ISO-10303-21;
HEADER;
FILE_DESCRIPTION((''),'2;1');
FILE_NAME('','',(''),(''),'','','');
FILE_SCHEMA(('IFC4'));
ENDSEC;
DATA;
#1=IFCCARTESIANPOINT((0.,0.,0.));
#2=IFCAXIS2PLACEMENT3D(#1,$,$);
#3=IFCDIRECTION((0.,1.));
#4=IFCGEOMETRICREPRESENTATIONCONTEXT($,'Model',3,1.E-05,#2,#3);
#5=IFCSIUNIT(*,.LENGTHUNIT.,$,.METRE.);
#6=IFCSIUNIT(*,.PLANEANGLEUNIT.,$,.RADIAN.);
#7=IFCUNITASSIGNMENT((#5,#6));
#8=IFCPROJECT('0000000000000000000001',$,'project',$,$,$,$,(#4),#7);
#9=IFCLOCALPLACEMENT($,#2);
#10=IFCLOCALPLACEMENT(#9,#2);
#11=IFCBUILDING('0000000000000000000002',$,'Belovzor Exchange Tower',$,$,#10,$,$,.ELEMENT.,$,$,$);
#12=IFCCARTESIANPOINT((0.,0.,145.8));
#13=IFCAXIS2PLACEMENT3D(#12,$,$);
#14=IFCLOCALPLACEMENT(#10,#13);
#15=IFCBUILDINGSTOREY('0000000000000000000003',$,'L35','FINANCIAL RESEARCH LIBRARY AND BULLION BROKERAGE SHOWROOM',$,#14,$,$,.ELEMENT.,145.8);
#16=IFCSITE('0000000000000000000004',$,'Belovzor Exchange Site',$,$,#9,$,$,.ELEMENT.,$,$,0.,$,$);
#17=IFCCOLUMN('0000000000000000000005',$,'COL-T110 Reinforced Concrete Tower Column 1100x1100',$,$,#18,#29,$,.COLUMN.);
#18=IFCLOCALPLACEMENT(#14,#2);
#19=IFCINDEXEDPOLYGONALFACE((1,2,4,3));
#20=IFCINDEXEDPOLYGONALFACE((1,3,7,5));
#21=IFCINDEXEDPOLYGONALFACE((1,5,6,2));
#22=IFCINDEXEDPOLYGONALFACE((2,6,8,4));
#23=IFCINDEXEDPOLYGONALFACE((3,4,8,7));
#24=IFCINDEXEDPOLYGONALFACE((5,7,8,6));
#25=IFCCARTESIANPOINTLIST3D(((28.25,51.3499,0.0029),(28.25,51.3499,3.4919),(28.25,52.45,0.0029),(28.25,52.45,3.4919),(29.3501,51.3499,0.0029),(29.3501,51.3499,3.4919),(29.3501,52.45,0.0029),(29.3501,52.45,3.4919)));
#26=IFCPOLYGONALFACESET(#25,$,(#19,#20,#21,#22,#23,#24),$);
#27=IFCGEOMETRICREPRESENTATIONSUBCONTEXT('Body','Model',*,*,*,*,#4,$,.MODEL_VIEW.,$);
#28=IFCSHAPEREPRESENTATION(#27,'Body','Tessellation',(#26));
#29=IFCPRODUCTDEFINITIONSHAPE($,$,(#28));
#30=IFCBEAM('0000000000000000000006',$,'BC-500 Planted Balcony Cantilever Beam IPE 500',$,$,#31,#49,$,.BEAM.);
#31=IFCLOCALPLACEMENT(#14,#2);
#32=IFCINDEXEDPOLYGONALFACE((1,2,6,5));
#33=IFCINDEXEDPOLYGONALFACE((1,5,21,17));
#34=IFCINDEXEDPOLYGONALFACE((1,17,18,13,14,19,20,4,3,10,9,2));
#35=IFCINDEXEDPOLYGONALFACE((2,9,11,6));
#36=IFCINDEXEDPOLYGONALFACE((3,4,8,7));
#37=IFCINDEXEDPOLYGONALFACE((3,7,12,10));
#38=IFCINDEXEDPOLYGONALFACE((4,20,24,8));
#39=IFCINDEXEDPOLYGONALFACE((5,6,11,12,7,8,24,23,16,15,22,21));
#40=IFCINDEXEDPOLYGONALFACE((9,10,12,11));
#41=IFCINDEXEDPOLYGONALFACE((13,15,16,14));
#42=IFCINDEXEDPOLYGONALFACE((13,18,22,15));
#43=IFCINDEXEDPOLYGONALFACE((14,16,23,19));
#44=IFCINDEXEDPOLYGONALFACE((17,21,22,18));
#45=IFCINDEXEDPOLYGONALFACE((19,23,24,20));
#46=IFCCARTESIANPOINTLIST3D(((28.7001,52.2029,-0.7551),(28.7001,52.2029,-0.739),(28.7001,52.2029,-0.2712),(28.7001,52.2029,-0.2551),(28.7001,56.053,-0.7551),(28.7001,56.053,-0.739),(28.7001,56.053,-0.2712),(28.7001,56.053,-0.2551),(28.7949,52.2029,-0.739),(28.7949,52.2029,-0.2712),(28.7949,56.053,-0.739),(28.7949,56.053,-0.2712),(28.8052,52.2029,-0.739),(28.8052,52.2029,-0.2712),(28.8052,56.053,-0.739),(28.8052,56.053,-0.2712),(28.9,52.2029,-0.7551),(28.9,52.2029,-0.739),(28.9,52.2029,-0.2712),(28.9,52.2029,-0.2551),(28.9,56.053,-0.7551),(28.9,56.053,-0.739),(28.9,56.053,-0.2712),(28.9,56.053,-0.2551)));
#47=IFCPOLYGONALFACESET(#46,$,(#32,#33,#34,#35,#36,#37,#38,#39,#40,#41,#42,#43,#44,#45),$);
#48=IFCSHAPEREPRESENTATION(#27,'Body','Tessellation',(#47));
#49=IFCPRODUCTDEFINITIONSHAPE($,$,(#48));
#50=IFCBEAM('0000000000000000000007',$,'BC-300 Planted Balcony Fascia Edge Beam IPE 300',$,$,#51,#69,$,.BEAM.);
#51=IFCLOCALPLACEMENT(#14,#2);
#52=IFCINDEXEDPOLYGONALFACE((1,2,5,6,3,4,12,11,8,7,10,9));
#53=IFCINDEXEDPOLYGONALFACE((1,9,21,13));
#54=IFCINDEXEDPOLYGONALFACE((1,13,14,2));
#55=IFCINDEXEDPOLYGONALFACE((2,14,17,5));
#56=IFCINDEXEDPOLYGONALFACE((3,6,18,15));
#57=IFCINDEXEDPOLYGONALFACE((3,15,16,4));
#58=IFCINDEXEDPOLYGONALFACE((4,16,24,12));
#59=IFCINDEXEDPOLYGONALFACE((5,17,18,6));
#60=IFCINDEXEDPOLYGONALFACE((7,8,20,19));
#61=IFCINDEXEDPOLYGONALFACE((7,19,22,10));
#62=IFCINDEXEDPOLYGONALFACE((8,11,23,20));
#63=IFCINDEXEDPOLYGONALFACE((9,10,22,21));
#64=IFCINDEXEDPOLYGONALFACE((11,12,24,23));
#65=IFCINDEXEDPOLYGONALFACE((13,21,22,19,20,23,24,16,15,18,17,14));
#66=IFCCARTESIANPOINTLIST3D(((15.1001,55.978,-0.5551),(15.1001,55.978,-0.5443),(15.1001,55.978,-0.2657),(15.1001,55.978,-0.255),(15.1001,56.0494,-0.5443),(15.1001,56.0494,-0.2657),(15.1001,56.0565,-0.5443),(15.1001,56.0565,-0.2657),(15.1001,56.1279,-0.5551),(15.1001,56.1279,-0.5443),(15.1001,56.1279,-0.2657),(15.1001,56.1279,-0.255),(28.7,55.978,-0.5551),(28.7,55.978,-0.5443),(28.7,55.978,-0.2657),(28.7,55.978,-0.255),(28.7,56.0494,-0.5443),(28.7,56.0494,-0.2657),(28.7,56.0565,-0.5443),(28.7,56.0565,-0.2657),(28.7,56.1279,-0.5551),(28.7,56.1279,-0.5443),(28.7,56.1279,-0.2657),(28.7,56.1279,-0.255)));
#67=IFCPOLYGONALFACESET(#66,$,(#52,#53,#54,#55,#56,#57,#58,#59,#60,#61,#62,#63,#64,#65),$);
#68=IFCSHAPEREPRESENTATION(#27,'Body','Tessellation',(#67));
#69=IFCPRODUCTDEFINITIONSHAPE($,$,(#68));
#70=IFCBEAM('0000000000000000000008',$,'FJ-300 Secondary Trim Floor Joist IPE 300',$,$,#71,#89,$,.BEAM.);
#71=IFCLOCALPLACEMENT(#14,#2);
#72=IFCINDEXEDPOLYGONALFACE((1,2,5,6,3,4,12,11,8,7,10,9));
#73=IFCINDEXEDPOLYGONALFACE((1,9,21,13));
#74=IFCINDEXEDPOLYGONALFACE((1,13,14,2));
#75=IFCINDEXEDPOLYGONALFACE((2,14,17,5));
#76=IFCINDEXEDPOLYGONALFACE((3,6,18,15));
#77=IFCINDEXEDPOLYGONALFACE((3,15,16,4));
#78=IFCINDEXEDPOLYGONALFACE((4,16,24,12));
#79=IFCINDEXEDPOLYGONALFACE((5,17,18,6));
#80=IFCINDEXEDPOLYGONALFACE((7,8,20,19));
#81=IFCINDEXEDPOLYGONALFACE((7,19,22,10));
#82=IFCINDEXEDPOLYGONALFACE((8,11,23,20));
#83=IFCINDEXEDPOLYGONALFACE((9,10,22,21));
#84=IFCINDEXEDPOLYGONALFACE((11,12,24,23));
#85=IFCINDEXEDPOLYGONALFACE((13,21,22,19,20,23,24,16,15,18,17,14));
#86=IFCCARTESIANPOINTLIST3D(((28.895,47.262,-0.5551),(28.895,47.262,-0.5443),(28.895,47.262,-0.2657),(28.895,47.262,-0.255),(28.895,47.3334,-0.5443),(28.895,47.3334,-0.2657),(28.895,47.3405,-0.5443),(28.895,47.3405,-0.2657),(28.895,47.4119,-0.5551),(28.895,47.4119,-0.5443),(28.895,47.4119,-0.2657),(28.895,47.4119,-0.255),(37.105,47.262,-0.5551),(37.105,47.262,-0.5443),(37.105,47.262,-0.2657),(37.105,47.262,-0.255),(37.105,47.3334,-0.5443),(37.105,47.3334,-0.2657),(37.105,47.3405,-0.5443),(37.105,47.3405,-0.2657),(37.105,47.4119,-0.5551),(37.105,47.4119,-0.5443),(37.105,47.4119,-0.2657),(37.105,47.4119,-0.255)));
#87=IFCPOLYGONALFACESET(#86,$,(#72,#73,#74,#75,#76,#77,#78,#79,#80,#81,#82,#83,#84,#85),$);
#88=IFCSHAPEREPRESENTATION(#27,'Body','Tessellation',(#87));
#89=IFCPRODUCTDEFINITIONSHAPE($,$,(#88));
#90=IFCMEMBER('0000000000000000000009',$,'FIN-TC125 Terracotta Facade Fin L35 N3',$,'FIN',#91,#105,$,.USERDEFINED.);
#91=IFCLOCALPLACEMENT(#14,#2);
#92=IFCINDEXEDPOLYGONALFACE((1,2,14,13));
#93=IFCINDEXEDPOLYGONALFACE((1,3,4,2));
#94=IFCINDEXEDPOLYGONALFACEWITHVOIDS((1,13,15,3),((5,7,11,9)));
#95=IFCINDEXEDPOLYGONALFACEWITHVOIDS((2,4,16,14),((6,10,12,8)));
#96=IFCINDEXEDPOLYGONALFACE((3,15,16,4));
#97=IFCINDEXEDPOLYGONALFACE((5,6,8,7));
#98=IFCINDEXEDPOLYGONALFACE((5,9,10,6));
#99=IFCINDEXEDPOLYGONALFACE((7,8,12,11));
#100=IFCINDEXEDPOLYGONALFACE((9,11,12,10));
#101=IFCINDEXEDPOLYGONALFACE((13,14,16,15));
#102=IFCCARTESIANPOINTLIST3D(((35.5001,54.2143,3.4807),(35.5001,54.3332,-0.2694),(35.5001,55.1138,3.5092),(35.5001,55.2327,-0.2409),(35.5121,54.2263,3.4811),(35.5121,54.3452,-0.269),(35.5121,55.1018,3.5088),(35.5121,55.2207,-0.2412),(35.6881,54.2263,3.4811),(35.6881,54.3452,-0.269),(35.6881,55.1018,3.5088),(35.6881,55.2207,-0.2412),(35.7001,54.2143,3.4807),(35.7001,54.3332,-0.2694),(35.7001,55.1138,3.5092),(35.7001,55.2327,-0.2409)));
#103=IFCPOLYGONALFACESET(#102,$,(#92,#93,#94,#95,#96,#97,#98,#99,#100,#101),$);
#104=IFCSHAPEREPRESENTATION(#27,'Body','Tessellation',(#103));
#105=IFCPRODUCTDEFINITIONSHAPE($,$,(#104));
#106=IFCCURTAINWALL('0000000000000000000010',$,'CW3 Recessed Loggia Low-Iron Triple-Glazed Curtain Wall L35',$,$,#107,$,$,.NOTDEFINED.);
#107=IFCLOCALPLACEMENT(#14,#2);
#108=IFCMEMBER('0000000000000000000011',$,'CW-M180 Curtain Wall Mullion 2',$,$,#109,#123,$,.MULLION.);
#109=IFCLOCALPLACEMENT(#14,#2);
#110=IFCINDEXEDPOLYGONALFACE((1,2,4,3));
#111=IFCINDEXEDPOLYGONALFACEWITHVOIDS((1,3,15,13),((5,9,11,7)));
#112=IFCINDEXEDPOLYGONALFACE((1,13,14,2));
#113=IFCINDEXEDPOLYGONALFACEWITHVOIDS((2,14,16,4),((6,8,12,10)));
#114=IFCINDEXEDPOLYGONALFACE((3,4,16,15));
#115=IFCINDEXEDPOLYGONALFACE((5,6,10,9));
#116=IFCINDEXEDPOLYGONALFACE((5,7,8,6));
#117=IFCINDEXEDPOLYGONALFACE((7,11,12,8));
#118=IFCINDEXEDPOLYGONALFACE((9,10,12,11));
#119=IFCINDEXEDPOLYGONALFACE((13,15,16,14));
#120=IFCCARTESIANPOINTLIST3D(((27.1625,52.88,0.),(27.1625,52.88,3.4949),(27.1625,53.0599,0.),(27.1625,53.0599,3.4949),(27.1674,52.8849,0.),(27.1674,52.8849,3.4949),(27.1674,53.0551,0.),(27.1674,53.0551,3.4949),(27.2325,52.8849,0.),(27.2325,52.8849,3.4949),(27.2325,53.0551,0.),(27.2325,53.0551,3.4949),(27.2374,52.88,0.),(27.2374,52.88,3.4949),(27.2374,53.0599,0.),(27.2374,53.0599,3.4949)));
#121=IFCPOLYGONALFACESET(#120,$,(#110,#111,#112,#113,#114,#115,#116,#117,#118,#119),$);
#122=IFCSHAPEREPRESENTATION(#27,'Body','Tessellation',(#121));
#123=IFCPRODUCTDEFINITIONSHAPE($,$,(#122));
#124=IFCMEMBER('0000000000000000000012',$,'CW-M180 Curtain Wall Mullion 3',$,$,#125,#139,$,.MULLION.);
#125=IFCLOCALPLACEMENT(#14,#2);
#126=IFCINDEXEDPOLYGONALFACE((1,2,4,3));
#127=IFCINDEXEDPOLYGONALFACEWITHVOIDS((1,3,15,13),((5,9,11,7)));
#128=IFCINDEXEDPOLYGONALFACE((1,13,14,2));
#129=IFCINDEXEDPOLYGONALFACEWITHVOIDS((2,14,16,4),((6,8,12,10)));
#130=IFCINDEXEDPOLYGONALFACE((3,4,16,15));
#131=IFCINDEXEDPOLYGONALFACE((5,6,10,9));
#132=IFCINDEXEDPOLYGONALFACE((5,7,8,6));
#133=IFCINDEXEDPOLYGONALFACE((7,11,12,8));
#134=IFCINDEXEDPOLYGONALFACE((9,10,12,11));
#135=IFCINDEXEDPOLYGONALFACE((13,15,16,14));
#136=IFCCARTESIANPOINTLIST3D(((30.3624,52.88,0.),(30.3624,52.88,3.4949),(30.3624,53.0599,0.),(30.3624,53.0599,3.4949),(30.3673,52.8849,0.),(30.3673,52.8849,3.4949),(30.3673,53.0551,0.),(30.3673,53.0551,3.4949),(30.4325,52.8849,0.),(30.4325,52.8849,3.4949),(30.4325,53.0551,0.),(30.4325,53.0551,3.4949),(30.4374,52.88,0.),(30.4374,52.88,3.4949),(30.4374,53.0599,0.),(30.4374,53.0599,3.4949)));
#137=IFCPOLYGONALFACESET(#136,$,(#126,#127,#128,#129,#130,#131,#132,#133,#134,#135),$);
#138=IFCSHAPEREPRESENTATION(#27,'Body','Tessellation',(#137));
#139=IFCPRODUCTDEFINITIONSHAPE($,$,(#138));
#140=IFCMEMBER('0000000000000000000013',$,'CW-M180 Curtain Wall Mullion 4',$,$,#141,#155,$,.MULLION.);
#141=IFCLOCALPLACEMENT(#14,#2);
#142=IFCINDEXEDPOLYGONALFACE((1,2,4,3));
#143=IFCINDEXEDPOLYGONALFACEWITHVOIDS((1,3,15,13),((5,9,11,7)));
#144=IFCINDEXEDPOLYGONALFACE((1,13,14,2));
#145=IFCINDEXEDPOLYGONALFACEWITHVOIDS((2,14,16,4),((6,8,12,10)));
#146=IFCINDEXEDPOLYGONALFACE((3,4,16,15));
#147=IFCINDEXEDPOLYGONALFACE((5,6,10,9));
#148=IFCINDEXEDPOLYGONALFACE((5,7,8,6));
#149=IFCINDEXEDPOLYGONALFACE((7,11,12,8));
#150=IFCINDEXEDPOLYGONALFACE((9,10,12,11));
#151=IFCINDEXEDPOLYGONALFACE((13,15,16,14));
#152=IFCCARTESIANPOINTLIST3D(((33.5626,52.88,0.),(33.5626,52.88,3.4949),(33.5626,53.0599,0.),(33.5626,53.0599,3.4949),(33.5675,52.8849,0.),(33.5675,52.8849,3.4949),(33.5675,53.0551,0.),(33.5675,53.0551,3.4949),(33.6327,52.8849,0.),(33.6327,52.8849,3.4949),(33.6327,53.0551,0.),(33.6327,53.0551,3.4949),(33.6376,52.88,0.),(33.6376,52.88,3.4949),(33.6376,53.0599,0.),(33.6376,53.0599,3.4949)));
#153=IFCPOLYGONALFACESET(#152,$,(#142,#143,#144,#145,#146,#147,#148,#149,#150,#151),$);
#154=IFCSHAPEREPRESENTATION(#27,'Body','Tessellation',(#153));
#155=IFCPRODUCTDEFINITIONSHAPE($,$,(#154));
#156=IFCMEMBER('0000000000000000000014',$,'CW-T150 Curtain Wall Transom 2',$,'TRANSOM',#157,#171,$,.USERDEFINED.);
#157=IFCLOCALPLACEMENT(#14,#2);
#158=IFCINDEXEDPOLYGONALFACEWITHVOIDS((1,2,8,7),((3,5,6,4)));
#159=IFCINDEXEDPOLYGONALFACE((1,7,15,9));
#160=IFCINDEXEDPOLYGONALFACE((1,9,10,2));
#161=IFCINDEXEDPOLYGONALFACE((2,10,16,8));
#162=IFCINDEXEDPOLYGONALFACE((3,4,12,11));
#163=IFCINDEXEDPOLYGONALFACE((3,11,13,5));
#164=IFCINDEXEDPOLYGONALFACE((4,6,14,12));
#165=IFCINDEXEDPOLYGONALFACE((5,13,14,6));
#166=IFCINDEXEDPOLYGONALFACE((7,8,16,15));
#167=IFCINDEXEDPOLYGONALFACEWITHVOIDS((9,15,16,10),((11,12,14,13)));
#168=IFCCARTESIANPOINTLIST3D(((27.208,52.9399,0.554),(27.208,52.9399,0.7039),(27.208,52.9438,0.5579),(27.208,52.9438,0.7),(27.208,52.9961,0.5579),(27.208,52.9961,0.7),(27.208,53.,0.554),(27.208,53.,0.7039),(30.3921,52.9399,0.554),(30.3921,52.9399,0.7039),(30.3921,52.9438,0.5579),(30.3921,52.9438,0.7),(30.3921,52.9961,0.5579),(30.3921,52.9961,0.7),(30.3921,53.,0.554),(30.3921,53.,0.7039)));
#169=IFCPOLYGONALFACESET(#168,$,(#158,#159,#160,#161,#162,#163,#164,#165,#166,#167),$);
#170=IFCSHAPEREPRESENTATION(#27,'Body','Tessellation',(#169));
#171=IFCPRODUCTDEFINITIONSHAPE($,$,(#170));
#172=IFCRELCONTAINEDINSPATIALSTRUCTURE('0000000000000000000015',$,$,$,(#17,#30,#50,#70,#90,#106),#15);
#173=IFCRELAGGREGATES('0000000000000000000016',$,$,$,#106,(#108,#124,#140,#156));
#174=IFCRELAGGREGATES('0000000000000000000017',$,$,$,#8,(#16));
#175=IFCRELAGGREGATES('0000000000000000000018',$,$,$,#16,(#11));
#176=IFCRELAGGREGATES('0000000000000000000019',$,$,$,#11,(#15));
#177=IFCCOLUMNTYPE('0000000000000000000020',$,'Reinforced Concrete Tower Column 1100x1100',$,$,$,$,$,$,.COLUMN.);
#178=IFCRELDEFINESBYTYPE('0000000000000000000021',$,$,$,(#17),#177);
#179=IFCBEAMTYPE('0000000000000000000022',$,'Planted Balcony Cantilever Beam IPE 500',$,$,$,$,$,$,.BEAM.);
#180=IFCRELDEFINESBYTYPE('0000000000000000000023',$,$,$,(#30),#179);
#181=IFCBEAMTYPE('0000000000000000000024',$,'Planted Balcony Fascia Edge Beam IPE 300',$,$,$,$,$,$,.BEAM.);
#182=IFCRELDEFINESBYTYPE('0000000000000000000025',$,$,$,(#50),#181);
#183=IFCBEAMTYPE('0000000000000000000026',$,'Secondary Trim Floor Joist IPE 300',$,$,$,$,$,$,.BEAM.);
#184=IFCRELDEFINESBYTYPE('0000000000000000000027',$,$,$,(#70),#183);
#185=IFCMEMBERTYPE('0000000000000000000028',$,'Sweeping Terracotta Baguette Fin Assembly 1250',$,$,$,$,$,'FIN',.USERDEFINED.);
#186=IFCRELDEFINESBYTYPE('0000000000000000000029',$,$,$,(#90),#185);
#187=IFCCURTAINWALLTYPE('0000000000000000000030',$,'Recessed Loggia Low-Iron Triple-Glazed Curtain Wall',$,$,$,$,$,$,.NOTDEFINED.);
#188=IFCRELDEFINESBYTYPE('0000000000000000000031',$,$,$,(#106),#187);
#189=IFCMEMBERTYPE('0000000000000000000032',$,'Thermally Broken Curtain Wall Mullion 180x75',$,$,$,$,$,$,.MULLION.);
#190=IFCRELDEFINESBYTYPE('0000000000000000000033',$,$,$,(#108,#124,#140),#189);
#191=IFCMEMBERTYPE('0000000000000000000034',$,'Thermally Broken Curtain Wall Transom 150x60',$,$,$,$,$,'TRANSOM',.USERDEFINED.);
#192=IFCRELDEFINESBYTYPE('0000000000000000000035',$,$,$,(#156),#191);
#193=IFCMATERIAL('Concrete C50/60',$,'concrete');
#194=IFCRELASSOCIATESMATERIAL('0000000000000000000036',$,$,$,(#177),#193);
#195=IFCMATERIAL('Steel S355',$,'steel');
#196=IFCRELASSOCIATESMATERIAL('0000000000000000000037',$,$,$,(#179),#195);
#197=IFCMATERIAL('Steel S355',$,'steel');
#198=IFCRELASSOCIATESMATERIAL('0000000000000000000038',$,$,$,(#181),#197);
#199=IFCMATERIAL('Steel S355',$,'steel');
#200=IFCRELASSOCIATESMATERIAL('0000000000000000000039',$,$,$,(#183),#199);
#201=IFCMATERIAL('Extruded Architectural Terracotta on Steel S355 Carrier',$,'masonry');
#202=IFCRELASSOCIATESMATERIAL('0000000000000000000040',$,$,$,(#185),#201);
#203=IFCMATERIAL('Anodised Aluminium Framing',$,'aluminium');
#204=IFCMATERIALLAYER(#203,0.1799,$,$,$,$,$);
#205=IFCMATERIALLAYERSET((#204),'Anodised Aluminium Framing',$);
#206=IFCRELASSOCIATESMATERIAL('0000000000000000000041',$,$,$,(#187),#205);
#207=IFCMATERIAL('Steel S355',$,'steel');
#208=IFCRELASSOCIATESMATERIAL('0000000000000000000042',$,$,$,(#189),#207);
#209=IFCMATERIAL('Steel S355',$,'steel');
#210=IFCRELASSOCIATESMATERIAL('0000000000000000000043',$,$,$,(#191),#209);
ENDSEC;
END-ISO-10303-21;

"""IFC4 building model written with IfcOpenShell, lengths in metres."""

from ifc_helpers import new_model, si_unit, direction, frame, origin, origin_2d, place, context, subcontext, project, spatial, rectangle, hollow_rectangle, i_section, extrude, material, layer, layer_set, material_profile, profile_set, type_object, element, aggregate, save


model = new_model("IFC4")

# Units and contexts
model_context = context("Model", 3, precision=1e-05, world=origin(), true_north=direction((0.0, 1.0)))
body_context = subcontext(model_context, "Body", "Model", "MODEL_VIEW")
ifc_project = project(units=[si_unit("LENGTHUNIT", "METRE"), si_unit("PLANEANGLEUNIT", "RADIAN")], contexts=[model_context])

# Site, building, storey
site_placement = place(None, origin())
site = spatial("IfcSite", under=ifc_project, at=site_placement, Name="Belovzor Exchange Site", CompositionType="ELEMENT", RefElevation=0.0)
building_placement = place(site_placement, origin())
building = spatial("IfcBuilding", under=site, at=building_placement, Name="Belovzor Exchange Tower", CompositionType="ELEMENT")
storey_placement = place(building_placement, frame((0.0, 0.0, 145.8)))
storey = spatial("IfcBuildingStorey", under=building, at=storey_placement, Name="L35", Description="FINANCIAL RESEARCH LIBRARY AND BULLION BROKERAGE SHOWROOM", CompositionType="ELEMENT", Elevation=145.8)

# Column
ifc_material_1 = material(Name="Concrete C50/60", Category="concrete")
ifc_material_profile_1 = material_profile(ifc_material_1, rectangle(XDim=1.1001, YDim=1.1001, at=origin_2d()))
ifc_profile_set_1 = profile_set([ifc_material_profile_1], Name="Concrete C50/60")
column_type = type_object("IfcColumnType", Name="Reinforced Concrete Tower Column 1100x1100", PredefinedType="COLUMN", material=ifc_profile_set_1)
column_placement = place(storey_placement, frame((28.8, 51.8999, 0.0029), z_axis=(0.0, 0.0, 1.0), x_axis=(1.0, 0.0, 0.0)))
element("IfcColumn", 1, at=column_placement, inside=storey, type_object=column_type, Name="COL-T110 Reinforced Concrete Tower Column 1100x1100", PredefinedType="COLUMN", context=body_context, shape_type="SweptSolid", body=[
    extrude(rectangle(XDim=1.1001, YDim=1.1001, at=origin_2d()), origin(), (0.0, 0.0, 1.0), 3.489),
])

# Beams
ifc_material_2 = material(Name="Steel S355", Category="steel")
ifc_material_profile_2 = material_profile(ifc_material_2, i_section(OverallWidth=0.2, OverallDepth=0.5, WebThickness=0.0103, FlangeThickness=0.0161, at=origin_2d()))
ifc_profile_set_2 = profile_set([ifc_material_profile_2], Name="Steel S355")
beam_type_1 = type_object("IfcBeamType", Name="Planted Balcony Cantilever Beam IPE 500", PredefinedType="BEAM", material=ifc_profile_set_2)
beam_1_placement = place(storey_placement, frame((28.8, 52.2029, -0.5051), z_axis=(0.0, 1.0, 0.0), x_axis=(-1.0, 0.0, 0.0)))
element("IfcBeam", 2, at=beam_1_placement, inside=storey, type_object=beam_type_1, Name="BC-500 Planted Balcony Cantilever Beam IPE 500", PredefinedType="BEAM", context=body_context, shape_type="SweptSolid", body=[
    extrude(i_section(OverallWidth=0.2, OverallDepth=0.5, WebThickness=0.0103, FlangeThickness=0.0161, at=origin_2d()), origin(), (0.0, 0.0, 1.0), 3.8501),
])
ifc_material_3 = material(Name="Steel S355", Category="steel")
ifc_material_profile_3 = material_profile(ifc_material_3, i_section(OverallWidth=0.1499, OverallDepth=0.3, WebThickness=0.0071, FlangeThickness=0.0107, at=origin_2d()))
ifc_profile_set_3 = profile_set([ifc_material_profile_3], Name="Steel S355")
beam_type_2 = type_object("IfcBeamType", Name="Planted Balcony Fascia Edge Beam IPE 300", PredefinedType="BEAM", material=ifc_profile_set_3)
beam_2_placement = place(storey_placement, frame((28.7, 56.053, -0.405), z_axis=(-1.0, 0.0, 0.0), x_axis=(0.0, -1.0, 0.0)))
element("IfcBeam", 3, at=beam_2_placement, inside=storey, type_object=beam_type_2, Name="BC-300 Planted Balcony Fascia Edge Beam IPE 300", PredefinedType="BEAM", context=body_context, shape_type="SweptSolid", body=[
    extrude(i_section(OverallWidth=0.1499, OverallDepth=0.3, WebThickness=0.0071, FlangeThickness=0.0107, at=origin_2d()), origin(), (0.0, 0.0, 1.0), 13.5999),
])
ifc_material_4 = material(Name="Steel S355", Category="steel")
ifc_material_profile_4 = material_profile(ifc_material_4, i_section(OverallWidth=0.1499, OverallDepth=0.3, WebThickness=0.0071, FlangeThickness=0.0107, at=origin_2d()))
ifc_profile_set_4 = profile_set([ifc_material_profile_4], Name="Steel S355")
beam_type_3 = type_object("IfcBeamType", Name="Secondary Trim Floor Joist IPE 300", PredefinedType="BEAM", material=ifc_profile_set_4)
beam_3_placement = place(storey_placement, frame((28.895, 47.3369, -0.405), z_axis=(1.0, 0.0, 0.0), x_axis=(0.0, 1.0, 0.0)))
element("IfcBeam", 4, at=beam_3_placement, inside=storey, type_object=beam_type_3, Name="FJ-300 Secondary Trim Floor Joist IPE 300", PredefinedType="BEAM", context=body_context, shape_type="SweptSolid", body=[
    extrude(i_section(OverallWidth=0.1499, OverallDepth=0.3, WebThickness=0.0071, FlangeThickness=0.0107, at=origin_2d()), origin(), (0.0, 0.0, 1.0), 8.21),
])

# Member
ifc_material_5 = material(Name="Extruded Architectural Terracotta on Steel S355 Carrier", Category="masonry")
ifc_material_profile_5 = material_profile(ifc_material_5, hollow_rectangle(XDim=0.2, YDim=0.8999, WallThickness=0.012, at=origin_2d()))
ifc_profile_set_5 = profile_set([ifc_material_profile_5], Name="Extruded Architectural Terracotta on Steel S355 Carrier")
member_type_1 = type_object("IfcMemberType", Name="Sweeping Terracotta Baguette Fin Assembly 1250", ElementType="FIN", PredefinedType="USERDEFINED", material=ifc_profile_set_5)
member_1_placement = place(storey_placement, frame((35.6001, 54.783, -0.2551), z_axis=(0.0, -0.03169, 0.999498), x_axis=(1.0, 0.0, 0.0)))
element("IfcMember", 5, at=member_1_placement, inside=storey, type_object=member_type_1, Name="FIN-TC125 Terracotta Facade Fin L35 N3", ObjectType="FIN", PredefinedType="USERDEFINED", context=body_context, shape_type="SweptSolid", body=[
    extrude(hollow_rectangle(XDim=0.2, YDim=0.8999, WallThickness=0.012, at=origin_2d()), origin(), (0.0, 0.0, 1.0), 3.752),
])

# Curtain wall, members
ifc_material_6 = material(Name="Anodised Aluminium Framing", Category="aluminium")
ifc_layer_1 = layer(ifc_material_6, 0.1799)
ifc_layer_set_1 = layer_set([ifc_layer_1], Name="Anodised Aluminium Framing")
curtain_wall_type = type_object("IfcCurtainWallType", Name="Recessed Loggia Low-Iron Triple-Glazed Curtain Wall", PredefinedType="NOTDEFINED", material=ifc_layer_set_1)
curtain_wall_placement = place(storey_placement, origin())
curtain_wall = element("IfcCurtainWall", 6, at=curtain_wall_placement, inside=storey, type_object=curtain_wall_type, Name="CW3 Recessed Loggia Low-Iron Triple-Glazed Curtain Wall L35", PredefinedType="NOTDEFINED")
ifc_material_7 = material(Name="Steel S355", Category="steel")
ifc_material_profile_6 = material_profile(ifc_material_7, hollow_rectangle(XDim=0.075, YDim=0.1799, WallThickness=0.0049, at=origin_2d()))
ifc_profile_set_6 = profile_set([ifc_material_profile_6], Name="Steel S355")
member_type_2 = type_object("IfcMemberType", Name="Thermally Broken Curtain Wall Mullion 180x75", PredefinedType="MULLION", material=ifc_profile_set_6)
member_2_placement = place(storey_placement, frame((27.2, 52.97, 0.0), z_axis=(0.0, 0.0, 1.0), x_axis=(1.0, 0.0, 0.0)))
member_2 = element("IfcMember", 7, at=member_2_placement, type_object=member_type_2, Name="CW-M180 Curtain Wall Mullion 2", PredefinedType="MULLION", context=body_context, shape_type="SweptSolid", body=[
    extrude(hollow_rectangle(XDim=0.075, YDim=0.1799, WallThickness=0.0049, at=origin_2d()), origin(), (0.0, 0.0, 1.0), 3.4949),
])
member_3_placement = place(storey_placement, frame((30.3999, 52.97, 0.0), z_axis=(0.0, 0.0, 1.0), x_axis=(1.0, 0.0, 0.0)))
member_3 = element("IfcMember", 8, at=member_3_placement, type_object=member_type_2, Name="CW-M180 Curtain Wall Mullion 3", PredefinedType="MULLION", context=body_context, shape_type="SweptSolid", body=[
    extrude(hollow_rectangle(XDim=0.075, YDim=0.1799, WallThickness=0.0049, at=origin_2d()), origin(), (0.0, 0.0, 1.0), 3.4949),
])
member_4_placement = place(storey_placement, frame((33.6001, 52.97, 0.0), z_axis=(0.0, 0.0, 1.0), x_axis=(1.0, 0.0, 0.0)))
member_4 = element("IfcMember", 9, at=member_4_placement, type_object=member_type_2, Name="CW-M180 Curtain Wall Mullion 4", PredefinedType="MULLION", context=body_context, shape_type="SweptSolid", body=[
    extrude(hollow_rectangle(XDim=0.075, YDim=0.1799, WallThickness=0.0049, at=origin_2d()), origin(), (0.0, 0.0, 1.0), 3.4949),
])
ifc_material_8 = material(Name="Steel S355", Category="steel")
ifc_material_profile_7 = material_profile(ifc_material_8, hollow_rectangle(XDim=0.0601, YDim=0.1499, WallThickness=0.0039, at=origin_2d()))
ifc_profile_set_7 = profile_set([ifc_material_profile_7], Name="Steel S355")
member_type_3 = type_object("IfcMemberType", Name="Thermally Broken Curtain Wall Transom 150x60", ElementType="TRANSOM", PredefinedType="USERDEFINED", material=ifc_profile_set_7)
member_5_placement = place(storey_placement, frame((27.208, 52.97, 0.6289), z_axis=(1.0, 0.0, 0.0), x_axis=(0.0, 1.0, 0.0)))
member_5 = element("IfcMember", 10, at=member_5_placement, type_object=member_type_3, Name="CW-T150 Curtain Wall Transom 2", ObjectType="TRANSOM", PredefinedType="USERDEFINED", context=body_context, shape_type="SweptSolid", body=[
    extrude(hollow_rectangle(XDim=0.0601, YDim=0.1499, WallThickness=0.0039, at=origin_2d()), origin(), (0.0, 0.0, 1.0), 3.1841),
])

aggregate(curtain_wall, [member_2, member_3, member_4, member_5])

save(model, "model.ifc")
